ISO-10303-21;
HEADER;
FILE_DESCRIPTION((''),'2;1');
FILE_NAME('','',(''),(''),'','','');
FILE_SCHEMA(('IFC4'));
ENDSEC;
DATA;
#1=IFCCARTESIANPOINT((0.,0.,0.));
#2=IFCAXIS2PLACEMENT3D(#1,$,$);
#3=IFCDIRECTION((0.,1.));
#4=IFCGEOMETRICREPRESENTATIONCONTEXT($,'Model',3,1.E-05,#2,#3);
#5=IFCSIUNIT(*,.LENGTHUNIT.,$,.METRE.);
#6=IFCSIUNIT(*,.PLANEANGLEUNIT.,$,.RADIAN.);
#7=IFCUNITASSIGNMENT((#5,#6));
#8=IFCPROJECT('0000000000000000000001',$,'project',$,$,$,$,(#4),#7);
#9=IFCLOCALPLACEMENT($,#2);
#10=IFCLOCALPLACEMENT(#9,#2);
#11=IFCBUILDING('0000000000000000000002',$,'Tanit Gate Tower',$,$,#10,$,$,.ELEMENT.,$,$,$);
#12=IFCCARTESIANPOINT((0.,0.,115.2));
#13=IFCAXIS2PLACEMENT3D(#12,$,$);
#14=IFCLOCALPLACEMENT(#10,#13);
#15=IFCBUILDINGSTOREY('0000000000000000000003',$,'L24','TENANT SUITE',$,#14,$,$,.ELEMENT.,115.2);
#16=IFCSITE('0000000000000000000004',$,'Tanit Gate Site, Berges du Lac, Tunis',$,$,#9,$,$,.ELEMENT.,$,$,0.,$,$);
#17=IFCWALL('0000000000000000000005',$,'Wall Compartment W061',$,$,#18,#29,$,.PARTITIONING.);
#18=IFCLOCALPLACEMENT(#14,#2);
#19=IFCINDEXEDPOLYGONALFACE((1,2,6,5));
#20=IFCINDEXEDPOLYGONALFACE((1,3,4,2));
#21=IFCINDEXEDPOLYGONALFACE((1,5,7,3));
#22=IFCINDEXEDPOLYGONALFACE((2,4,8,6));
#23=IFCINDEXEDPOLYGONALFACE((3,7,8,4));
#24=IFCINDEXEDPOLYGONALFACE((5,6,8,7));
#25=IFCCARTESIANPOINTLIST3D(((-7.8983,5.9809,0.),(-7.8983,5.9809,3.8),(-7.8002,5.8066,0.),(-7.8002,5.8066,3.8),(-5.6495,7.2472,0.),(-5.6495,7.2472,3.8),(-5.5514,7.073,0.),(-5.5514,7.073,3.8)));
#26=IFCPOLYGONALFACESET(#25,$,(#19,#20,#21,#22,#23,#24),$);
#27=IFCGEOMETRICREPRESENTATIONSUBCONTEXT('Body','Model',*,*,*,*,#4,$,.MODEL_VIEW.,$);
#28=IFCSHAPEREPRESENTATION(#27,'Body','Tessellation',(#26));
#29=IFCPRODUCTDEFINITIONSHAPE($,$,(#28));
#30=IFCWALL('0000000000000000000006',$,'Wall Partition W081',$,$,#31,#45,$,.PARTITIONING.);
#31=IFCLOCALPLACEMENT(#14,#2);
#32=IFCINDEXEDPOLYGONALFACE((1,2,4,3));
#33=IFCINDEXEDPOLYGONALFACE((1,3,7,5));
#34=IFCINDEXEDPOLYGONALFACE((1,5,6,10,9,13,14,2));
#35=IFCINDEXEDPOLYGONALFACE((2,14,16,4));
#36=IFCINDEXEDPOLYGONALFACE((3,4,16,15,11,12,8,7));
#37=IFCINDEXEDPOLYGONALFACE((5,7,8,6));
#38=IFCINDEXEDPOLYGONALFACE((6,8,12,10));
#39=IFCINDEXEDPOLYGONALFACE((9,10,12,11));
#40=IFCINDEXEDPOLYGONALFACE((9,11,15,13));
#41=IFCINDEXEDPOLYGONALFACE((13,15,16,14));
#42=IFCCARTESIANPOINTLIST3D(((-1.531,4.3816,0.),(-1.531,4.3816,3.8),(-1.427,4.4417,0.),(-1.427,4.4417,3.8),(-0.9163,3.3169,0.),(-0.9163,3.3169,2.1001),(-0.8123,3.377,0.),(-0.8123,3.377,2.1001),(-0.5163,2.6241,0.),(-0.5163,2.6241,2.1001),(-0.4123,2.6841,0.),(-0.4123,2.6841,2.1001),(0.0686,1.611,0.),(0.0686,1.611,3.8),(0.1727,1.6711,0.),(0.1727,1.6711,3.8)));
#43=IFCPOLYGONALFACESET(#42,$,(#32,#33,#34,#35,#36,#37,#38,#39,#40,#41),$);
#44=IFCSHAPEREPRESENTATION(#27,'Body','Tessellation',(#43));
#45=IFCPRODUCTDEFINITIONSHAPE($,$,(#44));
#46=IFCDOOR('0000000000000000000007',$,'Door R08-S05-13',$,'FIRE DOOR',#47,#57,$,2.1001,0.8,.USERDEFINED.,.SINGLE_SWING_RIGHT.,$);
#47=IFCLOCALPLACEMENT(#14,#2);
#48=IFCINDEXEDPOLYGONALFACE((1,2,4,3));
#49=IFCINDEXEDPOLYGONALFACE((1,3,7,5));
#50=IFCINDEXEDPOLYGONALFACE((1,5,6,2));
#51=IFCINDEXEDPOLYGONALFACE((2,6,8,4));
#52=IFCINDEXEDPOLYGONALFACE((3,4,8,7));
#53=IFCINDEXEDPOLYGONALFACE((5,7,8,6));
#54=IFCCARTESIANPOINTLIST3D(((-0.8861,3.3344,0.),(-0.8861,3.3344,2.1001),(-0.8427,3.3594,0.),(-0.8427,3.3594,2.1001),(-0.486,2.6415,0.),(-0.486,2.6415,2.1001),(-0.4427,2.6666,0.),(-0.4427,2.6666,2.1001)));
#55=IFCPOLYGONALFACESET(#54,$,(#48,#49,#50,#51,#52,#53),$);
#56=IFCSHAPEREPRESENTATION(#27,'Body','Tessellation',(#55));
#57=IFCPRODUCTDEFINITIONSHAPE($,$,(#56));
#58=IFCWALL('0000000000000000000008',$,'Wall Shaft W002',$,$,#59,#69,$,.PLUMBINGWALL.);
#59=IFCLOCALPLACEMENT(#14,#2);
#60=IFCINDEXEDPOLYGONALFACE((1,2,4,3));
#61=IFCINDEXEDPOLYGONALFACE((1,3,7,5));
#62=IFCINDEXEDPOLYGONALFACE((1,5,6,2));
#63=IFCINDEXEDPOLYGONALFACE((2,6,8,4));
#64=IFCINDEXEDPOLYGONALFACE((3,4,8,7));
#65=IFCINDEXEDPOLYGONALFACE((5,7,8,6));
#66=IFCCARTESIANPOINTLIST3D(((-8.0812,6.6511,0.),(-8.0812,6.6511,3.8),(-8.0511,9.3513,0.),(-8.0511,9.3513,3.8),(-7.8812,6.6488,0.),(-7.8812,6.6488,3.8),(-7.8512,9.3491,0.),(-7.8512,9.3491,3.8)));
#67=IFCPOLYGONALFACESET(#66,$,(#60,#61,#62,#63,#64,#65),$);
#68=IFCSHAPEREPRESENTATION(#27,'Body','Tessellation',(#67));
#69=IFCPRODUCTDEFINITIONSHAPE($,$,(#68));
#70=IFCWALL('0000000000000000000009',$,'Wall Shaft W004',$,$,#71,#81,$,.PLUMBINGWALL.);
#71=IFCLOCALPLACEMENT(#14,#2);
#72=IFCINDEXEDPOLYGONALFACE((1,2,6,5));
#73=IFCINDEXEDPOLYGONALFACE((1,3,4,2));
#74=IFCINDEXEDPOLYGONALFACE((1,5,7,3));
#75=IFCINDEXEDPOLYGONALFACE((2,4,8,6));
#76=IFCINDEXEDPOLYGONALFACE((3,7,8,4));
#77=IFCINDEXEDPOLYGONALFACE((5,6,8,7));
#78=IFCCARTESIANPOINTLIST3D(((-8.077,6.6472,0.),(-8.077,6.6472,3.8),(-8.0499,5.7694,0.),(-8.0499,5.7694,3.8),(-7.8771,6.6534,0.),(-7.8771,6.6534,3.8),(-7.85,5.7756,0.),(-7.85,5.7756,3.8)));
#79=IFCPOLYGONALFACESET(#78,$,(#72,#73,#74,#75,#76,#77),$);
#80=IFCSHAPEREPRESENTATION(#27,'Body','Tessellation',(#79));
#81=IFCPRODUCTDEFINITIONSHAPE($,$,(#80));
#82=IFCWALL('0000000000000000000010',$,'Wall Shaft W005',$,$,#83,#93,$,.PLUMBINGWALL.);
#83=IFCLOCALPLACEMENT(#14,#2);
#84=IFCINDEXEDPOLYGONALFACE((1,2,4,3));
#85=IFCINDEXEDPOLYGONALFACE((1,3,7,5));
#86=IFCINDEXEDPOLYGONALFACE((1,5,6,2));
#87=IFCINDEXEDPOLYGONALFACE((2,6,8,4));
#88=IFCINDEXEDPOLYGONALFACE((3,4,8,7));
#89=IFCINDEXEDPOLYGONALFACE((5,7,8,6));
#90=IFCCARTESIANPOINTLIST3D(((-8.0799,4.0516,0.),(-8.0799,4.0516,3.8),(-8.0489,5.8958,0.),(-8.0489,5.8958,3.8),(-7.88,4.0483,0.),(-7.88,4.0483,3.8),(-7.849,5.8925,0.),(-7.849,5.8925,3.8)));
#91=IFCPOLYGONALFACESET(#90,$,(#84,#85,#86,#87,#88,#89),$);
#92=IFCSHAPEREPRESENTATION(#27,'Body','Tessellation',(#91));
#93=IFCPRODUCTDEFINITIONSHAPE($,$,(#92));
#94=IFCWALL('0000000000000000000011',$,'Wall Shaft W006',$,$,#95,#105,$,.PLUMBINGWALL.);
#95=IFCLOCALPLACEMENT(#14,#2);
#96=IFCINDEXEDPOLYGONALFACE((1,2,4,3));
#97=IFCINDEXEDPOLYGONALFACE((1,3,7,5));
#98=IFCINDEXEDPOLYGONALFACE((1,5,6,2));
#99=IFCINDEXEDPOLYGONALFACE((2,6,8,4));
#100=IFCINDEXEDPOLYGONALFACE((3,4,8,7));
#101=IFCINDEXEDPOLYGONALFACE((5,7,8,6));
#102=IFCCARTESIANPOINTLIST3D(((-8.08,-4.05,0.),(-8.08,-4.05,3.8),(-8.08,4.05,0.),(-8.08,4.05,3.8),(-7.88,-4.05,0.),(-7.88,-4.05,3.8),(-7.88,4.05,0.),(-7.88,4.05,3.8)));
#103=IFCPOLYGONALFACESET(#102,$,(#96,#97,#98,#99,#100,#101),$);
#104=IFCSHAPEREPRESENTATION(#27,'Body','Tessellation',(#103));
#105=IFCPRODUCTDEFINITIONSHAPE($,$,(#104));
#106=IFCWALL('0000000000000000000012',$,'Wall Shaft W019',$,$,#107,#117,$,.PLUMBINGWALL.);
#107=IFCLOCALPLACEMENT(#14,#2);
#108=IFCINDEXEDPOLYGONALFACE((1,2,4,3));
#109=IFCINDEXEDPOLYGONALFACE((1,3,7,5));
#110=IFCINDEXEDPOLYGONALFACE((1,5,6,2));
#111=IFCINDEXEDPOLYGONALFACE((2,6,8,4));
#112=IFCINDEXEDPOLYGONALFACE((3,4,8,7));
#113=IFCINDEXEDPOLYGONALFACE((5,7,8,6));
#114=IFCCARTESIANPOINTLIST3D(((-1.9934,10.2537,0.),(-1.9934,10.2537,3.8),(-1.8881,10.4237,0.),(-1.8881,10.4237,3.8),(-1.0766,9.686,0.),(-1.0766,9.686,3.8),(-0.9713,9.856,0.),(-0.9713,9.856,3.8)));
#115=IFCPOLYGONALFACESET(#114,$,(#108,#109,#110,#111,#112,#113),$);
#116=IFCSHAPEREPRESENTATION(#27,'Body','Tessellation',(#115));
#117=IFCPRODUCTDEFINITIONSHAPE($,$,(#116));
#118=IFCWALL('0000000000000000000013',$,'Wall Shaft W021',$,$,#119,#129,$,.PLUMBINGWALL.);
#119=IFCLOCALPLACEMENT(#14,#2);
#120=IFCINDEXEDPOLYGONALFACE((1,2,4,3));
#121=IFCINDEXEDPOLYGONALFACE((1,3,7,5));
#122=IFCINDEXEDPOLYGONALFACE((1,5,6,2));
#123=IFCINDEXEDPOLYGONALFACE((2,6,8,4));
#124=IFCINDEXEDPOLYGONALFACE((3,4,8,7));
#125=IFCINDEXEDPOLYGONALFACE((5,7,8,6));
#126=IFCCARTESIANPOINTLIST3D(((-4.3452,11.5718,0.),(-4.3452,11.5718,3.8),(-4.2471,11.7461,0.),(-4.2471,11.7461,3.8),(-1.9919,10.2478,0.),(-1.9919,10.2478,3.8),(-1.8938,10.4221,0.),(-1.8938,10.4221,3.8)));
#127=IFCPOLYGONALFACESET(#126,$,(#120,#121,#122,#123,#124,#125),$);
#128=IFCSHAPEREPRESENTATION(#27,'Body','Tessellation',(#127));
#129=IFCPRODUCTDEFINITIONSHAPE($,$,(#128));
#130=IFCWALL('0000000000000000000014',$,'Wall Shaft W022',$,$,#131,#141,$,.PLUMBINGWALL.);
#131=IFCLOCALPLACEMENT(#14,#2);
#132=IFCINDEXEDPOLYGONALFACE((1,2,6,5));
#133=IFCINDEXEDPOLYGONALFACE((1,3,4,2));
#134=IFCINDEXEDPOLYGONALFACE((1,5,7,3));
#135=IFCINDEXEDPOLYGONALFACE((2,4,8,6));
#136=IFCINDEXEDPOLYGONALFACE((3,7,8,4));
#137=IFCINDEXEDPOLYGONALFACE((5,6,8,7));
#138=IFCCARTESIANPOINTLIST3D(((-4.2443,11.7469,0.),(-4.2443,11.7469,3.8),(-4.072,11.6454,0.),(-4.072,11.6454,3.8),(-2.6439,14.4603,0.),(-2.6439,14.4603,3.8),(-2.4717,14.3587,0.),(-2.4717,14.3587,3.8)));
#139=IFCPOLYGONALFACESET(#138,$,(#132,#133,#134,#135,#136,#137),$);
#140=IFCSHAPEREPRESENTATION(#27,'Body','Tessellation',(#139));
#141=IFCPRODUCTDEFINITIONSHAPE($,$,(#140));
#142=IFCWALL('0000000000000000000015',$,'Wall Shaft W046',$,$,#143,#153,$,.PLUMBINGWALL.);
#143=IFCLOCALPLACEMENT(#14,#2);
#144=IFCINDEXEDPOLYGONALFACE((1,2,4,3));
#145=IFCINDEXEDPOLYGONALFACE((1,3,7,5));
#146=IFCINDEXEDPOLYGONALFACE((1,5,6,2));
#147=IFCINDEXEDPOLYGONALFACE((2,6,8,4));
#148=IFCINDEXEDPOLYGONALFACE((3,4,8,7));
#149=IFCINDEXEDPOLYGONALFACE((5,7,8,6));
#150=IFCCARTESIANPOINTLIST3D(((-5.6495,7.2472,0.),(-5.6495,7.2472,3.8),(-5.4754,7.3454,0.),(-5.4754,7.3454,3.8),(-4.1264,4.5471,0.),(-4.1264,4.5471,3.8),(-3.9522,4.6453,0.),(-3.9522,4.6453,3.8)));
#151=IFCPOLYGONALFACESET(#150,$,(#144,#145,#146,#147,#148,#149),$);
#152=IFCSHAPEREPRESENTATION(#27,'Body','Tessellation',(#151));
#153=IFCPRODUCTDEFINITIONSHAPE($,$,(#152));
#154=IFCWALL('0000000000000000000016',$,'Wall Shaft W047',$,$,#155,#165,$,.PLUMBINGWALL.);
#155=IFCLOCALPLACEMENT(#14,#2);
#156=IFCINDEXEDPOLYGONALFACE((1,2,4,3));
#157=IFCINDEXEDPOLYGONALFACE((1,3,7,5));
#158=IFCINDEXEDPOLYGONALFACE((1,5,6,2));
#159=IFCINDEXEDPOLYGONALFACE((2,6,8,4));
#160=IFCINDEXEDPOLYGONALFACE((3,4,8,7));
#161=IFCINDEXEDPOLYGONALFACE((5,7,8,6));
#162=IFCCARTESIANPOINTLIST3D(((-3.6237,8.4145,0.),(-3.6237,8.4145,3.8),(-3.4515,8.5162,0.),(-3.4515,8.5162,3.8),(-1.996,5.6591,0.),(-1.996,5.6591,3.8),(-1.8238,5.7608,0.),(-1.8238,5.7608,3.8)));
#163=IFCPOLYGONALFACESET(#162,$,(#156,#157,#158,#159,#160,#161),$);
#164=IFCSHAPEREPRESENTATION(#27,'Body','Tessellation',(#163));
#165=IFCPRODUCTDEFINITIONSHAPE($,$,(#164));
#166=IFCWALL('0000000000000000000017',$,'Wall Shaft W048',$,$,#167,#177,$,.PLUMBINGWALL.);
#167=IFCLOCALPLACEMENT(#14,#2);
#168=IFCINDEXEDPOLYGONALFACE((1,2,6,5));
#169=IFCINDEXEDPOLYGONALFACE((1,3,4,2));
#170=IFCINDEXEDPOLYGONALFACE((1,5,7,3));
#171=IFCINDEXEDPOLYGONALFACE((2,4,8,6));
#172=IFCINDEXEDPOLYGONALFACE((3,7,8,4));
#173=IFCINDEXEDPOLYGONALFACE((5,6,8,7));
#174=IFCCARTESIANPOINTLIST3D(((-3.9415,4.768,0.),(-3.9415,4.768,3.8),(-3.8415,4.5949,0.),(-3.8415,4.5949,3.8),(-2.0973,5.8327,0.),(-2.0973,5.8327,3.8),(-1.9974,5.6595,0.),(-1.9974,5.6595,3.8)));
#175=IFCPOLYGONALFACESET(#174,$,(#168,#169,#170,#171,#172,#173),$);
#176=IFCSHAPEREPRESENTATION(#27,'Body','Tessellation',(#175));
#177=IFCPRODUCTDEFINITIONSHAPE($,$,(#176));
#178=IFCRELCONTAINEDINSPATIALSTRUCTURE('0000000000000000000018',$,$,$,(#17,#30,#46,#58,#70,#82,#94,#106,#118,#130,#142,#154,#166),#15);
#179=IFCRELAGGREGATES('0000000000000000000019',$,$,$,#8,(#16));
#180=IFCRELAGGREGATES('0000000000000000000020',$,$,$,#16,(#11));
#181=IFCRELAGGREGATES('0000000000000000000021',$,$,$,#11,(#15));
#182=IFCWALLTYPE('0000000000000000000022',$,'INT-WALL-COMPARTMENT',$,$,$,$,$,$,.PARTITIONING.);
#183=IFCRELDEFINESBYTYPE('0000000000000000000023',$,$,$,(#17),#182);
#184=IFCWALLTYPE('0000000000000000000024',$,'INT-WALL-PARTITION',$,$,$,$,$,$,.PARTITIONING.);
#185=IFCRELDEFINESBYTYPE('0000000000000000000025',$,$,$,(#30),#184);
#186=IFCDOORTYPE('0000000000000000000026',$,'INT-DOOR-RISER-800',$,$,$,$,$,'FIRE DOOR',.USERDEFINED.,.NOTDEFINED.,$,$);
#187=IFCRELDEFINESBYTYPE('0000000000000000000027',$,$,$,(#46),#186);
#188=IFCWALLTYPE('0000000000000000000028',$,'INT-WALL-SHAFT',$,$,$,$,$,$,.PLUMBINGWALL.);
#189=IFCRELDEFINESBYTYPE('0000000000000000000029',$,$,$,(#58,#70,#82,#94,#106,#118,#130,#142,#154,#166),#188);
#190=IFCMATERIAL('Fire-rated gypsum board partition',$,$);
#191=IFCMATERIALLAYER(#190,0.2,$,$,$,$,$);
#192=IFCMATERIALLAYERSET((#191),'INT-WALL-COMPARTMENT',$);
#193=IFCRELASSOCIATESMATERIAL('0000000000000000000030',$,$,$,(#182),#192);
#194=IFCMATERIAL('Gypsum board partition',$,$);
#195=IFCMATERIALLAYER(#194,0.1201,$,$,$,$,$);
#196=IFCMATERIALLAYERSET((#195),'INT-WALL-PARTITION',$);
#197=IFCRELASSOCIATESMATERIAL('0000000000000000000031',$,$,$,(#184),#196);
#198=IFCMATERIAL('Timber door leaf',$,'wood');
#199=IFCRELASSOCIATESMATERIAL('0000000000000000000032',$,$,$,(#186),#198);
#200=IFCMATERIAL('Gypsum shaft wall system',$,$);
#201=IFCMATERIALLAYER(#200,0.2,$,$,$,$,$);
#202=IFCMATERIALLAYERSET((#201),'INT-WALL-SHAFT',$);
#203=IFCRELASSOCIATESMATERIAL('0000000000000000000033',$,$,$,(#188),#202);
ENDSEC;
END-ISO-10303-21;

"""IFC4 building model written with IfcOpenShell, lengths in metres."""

from ifc_helpers import new_model, si_unit, direction, frame, frame_2d, origin, place, context, subcontext, project, spatial, rectangle, extrude, material, layer, layer_set, type_object, element, fill, save


model = new_model("IFC4")

# Units and contexts
model_context = context("Model", 3, precision=1e-05, world=origin(), true_north=direction((0.0, 1.0)))
body_context = subcontext(model_context, "Body", "Model", "MODEL_VIEW")
ifc_project = project(units=[si_unit("LENGTHUNIT", "METRE"), si_unit("PLANEANGLEUNIT", "RADIAN")], contexts=[model_context])

# Site, building, storey
site_placement = place(None, origin())
site = spatial("IfcSite", under=ifc_project, at=site_placement, Name="Tanit Gate Site, Berges du Lac, Tunis", CompositionType="ELEMENT", RefElevation=0.0)
building_placement = place(site_placement, origin())
building = spatial("IfcBuilding", under=site, at=building_placement, Name="Tanit Gate Tower", CompositionType="ELEMENT")
storey_placement = place(building_placement, frame((0.0, 0.0, 115.2)))
storey = spatial("IfcBuildingStorey", under=building, at=storey_placement, Name="L24", Description="TENANT SUITE", CompositionType="ELEMENT", Elevation=115.2)

# Wall
ifc_material_1 = material(Name="Fire-rated gypsum board partition")
ifc_layer_1 = layer(ifc_material_1, 0.2)
ifc_layer_set_1 = layer_set([ifc_layer_1], Name="INT-WALL-COMPARTMENT")
wall_type_1 = type_object("IfcWallType", Name="INT-WALL-COMPARTMENT", PredefinedType="PARTITIONING", material=ifc_layer_set_1)
wall_1_placement = place(storey_placement, frame((-5.6003, 7.1602, 0.0), z_axis=(0.0, 0.0, 1.0), x_axis=(-0.87134, -0.490679, 0.0)))
element("IfcWall", 1, at=wall_1_placement, inside=storey, type_object=wall_type_1, Name="Wall Compartment W061", PredefinedType="PARTITIONING", context=body_context, shape_type="SweptSolid", body=[
    extrude(rectangle(XDim=2.5808, YDim=0.2, at=frame_2d((1.2905, 0.0))), origin(), (0.0, 0.0, 1.0), 3.8),
])

# Wall, opening, door
ifc_material_2 = material(Name="Gypsum board partition")
ifc_layer_2 = layer(ifc_material_2, 0.1201)
ifc_layer_set_2 = layer_set([ifc_layer_2], Name="INT-WALL-PARTITION")
wall_type_2 = type_object("IfcWallType", Name="INT-WALL-PARTITION", PredefinedType="PARTITIONING", material=ifc_layer_set_2)
wall_2_placement = place(storey_placement, frame((-1.479, 4.4116, 0.0), z_axis=(0.0, 0.0, 1.0), x_axis=(0.500013, -0.866018, 0.0)))
wall_2 = element("IfcWall", 2, at=wall_2_placement, inside=storey, type_object=wall_type_2, Name="Wall Partition W081", PredefinedType="PARTITIONING", context=body_context, shape_type="SweptSolid", body=[
    extrude(rectangle(XDim=3.1992, YDim=0.1201, at=frame_2d((1.5996, 0.0))), origin(), (0.0, 0.0, 1.0), 3.8),
])
opening_1_placement = place(wall_2_placement, frame((1.2295, 0.0, 0.0)))
opening_1 = element("IfcOpeningElement", 3, at=opening_1_placement, cuts=wall_2, PredefinedType="OPENING", context=body_context, shape_type="SweptSolid", body=[
    extrude(rectangle(XDim=0.8, YDim=2.1001, at=frame_2d((0.3999, 1.05))), frame((0.0, 0.0701, 0.0), z_axis=(0.0, -1.0, 0.0), x_axis=(1.0, 0.0, 0.0)), (0.0, 0.0, 1.0), 0.1401),
])
ifc_material_3 = material(Name="Timber door leaf", Category="wood")
door_type_1 = type_object("IfcDoorType", Name="INT-DOOR-RISER-800", ElementType="FIRE DOOR", OperationType="NOTDEFINED", PredefinedType="USERDEFINED", material=ifc_material_3)
door_1_placement = place(opening_1_placement, origin())
door_1 = element("IfcDoor", 4, at=door_1_placement, inside=storey, type_object=door_type_1, Name="Door R08-S05-13", ObjectType="FIRE DOOR", OperationType="SINGLE_SWING_RIGHT", OverallHeight=2.1001, OverallWidth=0.8, PredefinedType="USERDEFINED", context=body_context, shape_type="SweptSolid", body=[
    extrude(rectangle(XDim=0.8, YDim=2.1001, at=frame_2d((0.3999, 1.05))), frame((0.0, 0.0249, 0.0), z_axis=(0.0, -1.0, 0.0), x_axis=(1.0, 0.0, 0.0)), (0.0, 0.0, 1.0), 0.05),
])
fill(opening_1, door_1)

# Walls
ifc_material_4 = material(Name="Gypsum shaft wall system")
ifc_layer_3 = layer(ifc_material_4, 0.2)
ifc_layer_set_3 = layer_set([ifc_layer_3], Name="INT-WALL-SHAFT")
wall_type_3 = type_object("IfcWallType", Name="INT-WALL-SHAFT", PredefinedType="PLUMBINGWALL", material=ifc_layer_set_3)
wall_3_placement = place(storey_placement, frame((-7.9512, 9.3501, 0.0), z_axis=(0.0, 0.0, 1.0), x_axis=(-0.01112, -0.999938, 0.0)))
element("IfcWall", 5, at=wall_3_placement, inside=storey, type_object=wall_type_3, Name="Wall Shaft W002", PredefinedType="PLUMBINGWALL", context=body_context, shape_type="SweptSolid", body=[
    extrude(rectangle(XDim=2.7004, YDim=0.2, at=frame_2d((1.3501, 0.0))), origin(), (0.0, 0.0, 1.0), 3.8),
])
wall_4_placement = place(storey_placement, frame((-7.9771, 6.6501, 0.0), z_axis=(0.0, 0.0, 1.0), x_axis=(0.030862, -0.999524, 0.0)))
element("IfcWall", 6, at=wall_4_placement, inside=storey, type_object=wall_type_3, Name="Wall Shaft W004", PredefinedType="PLUMBINGWALL", context=body_context, shape_type="SweptSolid", body=[
    extrude(rectangle(XDim=0.8782, YDim=0.2, at=frame_2d((0.439, 0.0))), origin(), (0.0, 0.0, 1.0), 3.8),
])
wall_5_placement = place(storey_placement, frame((-7.949, 5.8943, 0.0), z_axis=(0.0, 0.0, 1.0), x_axis=(-0.01681, -0.999859, 0.0)))
element("IfcWall", 7, at=wall_5_placement, inside=storey, type_object=wall_type_3, Name="Wall Shaft W005", PredefinedType="PLUMBINGWALL", context=body_context, shape_type="SweptSolid", body=[
    extrude(rectangle(XDim=1.8445, YDim=0.2, at=frame_2d((0.9224, 0.0))), origin(), (0.0, 0.0, 1.0), 3.8),
])
wall_6_placement = place(storey_placement, frame((-7.98, 4.05, 0.0), z_axis=(0.0, 0.0, 1.0), x_axis=(0.0, -1.0, 0.0)))
element("IfcWall", 8, at=wall_6_placement, inside=storey, type_object=wall_type_3, Name="Wall Shaft W006", PredefinedType="PLUMBINGWALL", context=body_context, shape_type="SweptSolid", body=[
    extrude(rectangle(XDim=8.1001, YDim=0.2, at=frame_2d((4.05, 0.0))), origin(), (0.0, 0.0, 1.0), 3.8),
])
wall_7_placement = place(storey_placement, frame((-1.9407, 10.3386, 0.0), z_axis=(0.0, 0.0, 1.0), x_axis=(0.850217, -0.526433, 0.0)))
element("IfcWall", 9, at=wall_7_placement, inside=storey, type_object=wall_type_3, Name="Wall Shaft W019", PredefinedType="PLUMBINGWALL", context=body_context, shape_type="SweptSolid", body=[
    extrude(rectangle(XDim=1.0784, YDim=0.2, at=frame_2d((0.5391, 0.0))), origin(), (0.0, 0.0, 1.0), 3.8),
])
wall_8_placement = place(storey_placement, frame((-4.2961, 11.6589, 0.0), z_axis=(0.0, 0.0, 1.0), x_axis=(0.871534, -0.490334, 0.0)))
element("IfcWall", 10, at=wall_8_placement, inside=storey, type_object=wall_type_3, Name="Wall Shaft W021", PredefinedType="PLUMBINGWALL", context=body_context, shape_type="SweptSolid", body=[
    extrude(rectangle(XDim=2.7002, YDim=0.2, at=frame_2d((1.3501, 0.0))), origin(), (0.0, 0.0, 1.0), 3.8),
])
wall_9_placement = place(storey_placement, frame((-4.1582, 11.696, 0.0), z_axis=(0.0, 0.0, 1.0), x_axis=(0.508019, 0.861346, 0.0)))
element("IfcWall", 11, at=wall_9_placement, inside=storey, type_object=wall_type_3, Name="Wall Shaft W022", PredefinedType="PLUMBINGWALL", context=body_context, shape_type="SweptSolid", body=[
    extrude(rectangle(XDim=3.1501, YDim=0.2, at=frame_2d((1.5752, 0.0))), origin(), (0.0, 0.0, 1.0), 3.8),
])

# Walls
wall_10_placement = place(storey_placement, frame((-4.0393, 4.5962, 0.0), z_axis=(0.0, 0.0, 1.0), x_axis=(-0.491323, 0.870978, 0.0)))
element("IfcWall", 12, at=wall_10_placement, inside=storey, type_object=wall_type_3, Name="Wall Shaft W046", PredefinedType="PLUMBINGWALL", context=body_context, shape_type="SweptSolid", body=[
    extrude(rectangle(XDim=3.1001, YDim=0.2, at=frame_2d((1.55, 0.0))), origin(), (0.0, 0.0, 1.0), 3.8),
])
wall_11_placement = place(storey_placement, frame((-3.5376, 8.4653, 0.0), z_axis=(0.0, 0.0, 1.0), x_axis=(0.508616, -0.860993, 0.0)))
element("IfcWall", 13, at=wall_11_placement, inside=storey, type_object=wall_type_3, Name="Wall Shaft W047", PredefinedType="PLUMBINGWALL", context=body_context, shape_type="SweptSolid", body=[
    extrude(rectangle(XDim=3.2002, YDim=0.2, at=frame_2d((1.6001, 0.0))), origin(), (0.0, 0.0, 1.0), 3.8),
])
wall_12_placement = place(storey_placement, frame((-2.0474, 5.7461, 0.0), z_axis=(0.0, 0.0, 1.0), x_axis=(-0.86604, -0.499974, 0.0)))
element("IfcWall", 14, at=wall_12_placement, inside=storey, type_object=wall_type_3, Name="Wall Shaft W048", PredefinedType="PLUMBINGWALL", context=body_context, shape_type="SweptSolid", body=[
    extrude(rectangle(XDim=2.1294, YDim=0.2, at=frame_2d((1.0647, 0.0))), origin(), (0.0, 0.0, 1.0), 3.8),
])

save(model, "model.ifc")
